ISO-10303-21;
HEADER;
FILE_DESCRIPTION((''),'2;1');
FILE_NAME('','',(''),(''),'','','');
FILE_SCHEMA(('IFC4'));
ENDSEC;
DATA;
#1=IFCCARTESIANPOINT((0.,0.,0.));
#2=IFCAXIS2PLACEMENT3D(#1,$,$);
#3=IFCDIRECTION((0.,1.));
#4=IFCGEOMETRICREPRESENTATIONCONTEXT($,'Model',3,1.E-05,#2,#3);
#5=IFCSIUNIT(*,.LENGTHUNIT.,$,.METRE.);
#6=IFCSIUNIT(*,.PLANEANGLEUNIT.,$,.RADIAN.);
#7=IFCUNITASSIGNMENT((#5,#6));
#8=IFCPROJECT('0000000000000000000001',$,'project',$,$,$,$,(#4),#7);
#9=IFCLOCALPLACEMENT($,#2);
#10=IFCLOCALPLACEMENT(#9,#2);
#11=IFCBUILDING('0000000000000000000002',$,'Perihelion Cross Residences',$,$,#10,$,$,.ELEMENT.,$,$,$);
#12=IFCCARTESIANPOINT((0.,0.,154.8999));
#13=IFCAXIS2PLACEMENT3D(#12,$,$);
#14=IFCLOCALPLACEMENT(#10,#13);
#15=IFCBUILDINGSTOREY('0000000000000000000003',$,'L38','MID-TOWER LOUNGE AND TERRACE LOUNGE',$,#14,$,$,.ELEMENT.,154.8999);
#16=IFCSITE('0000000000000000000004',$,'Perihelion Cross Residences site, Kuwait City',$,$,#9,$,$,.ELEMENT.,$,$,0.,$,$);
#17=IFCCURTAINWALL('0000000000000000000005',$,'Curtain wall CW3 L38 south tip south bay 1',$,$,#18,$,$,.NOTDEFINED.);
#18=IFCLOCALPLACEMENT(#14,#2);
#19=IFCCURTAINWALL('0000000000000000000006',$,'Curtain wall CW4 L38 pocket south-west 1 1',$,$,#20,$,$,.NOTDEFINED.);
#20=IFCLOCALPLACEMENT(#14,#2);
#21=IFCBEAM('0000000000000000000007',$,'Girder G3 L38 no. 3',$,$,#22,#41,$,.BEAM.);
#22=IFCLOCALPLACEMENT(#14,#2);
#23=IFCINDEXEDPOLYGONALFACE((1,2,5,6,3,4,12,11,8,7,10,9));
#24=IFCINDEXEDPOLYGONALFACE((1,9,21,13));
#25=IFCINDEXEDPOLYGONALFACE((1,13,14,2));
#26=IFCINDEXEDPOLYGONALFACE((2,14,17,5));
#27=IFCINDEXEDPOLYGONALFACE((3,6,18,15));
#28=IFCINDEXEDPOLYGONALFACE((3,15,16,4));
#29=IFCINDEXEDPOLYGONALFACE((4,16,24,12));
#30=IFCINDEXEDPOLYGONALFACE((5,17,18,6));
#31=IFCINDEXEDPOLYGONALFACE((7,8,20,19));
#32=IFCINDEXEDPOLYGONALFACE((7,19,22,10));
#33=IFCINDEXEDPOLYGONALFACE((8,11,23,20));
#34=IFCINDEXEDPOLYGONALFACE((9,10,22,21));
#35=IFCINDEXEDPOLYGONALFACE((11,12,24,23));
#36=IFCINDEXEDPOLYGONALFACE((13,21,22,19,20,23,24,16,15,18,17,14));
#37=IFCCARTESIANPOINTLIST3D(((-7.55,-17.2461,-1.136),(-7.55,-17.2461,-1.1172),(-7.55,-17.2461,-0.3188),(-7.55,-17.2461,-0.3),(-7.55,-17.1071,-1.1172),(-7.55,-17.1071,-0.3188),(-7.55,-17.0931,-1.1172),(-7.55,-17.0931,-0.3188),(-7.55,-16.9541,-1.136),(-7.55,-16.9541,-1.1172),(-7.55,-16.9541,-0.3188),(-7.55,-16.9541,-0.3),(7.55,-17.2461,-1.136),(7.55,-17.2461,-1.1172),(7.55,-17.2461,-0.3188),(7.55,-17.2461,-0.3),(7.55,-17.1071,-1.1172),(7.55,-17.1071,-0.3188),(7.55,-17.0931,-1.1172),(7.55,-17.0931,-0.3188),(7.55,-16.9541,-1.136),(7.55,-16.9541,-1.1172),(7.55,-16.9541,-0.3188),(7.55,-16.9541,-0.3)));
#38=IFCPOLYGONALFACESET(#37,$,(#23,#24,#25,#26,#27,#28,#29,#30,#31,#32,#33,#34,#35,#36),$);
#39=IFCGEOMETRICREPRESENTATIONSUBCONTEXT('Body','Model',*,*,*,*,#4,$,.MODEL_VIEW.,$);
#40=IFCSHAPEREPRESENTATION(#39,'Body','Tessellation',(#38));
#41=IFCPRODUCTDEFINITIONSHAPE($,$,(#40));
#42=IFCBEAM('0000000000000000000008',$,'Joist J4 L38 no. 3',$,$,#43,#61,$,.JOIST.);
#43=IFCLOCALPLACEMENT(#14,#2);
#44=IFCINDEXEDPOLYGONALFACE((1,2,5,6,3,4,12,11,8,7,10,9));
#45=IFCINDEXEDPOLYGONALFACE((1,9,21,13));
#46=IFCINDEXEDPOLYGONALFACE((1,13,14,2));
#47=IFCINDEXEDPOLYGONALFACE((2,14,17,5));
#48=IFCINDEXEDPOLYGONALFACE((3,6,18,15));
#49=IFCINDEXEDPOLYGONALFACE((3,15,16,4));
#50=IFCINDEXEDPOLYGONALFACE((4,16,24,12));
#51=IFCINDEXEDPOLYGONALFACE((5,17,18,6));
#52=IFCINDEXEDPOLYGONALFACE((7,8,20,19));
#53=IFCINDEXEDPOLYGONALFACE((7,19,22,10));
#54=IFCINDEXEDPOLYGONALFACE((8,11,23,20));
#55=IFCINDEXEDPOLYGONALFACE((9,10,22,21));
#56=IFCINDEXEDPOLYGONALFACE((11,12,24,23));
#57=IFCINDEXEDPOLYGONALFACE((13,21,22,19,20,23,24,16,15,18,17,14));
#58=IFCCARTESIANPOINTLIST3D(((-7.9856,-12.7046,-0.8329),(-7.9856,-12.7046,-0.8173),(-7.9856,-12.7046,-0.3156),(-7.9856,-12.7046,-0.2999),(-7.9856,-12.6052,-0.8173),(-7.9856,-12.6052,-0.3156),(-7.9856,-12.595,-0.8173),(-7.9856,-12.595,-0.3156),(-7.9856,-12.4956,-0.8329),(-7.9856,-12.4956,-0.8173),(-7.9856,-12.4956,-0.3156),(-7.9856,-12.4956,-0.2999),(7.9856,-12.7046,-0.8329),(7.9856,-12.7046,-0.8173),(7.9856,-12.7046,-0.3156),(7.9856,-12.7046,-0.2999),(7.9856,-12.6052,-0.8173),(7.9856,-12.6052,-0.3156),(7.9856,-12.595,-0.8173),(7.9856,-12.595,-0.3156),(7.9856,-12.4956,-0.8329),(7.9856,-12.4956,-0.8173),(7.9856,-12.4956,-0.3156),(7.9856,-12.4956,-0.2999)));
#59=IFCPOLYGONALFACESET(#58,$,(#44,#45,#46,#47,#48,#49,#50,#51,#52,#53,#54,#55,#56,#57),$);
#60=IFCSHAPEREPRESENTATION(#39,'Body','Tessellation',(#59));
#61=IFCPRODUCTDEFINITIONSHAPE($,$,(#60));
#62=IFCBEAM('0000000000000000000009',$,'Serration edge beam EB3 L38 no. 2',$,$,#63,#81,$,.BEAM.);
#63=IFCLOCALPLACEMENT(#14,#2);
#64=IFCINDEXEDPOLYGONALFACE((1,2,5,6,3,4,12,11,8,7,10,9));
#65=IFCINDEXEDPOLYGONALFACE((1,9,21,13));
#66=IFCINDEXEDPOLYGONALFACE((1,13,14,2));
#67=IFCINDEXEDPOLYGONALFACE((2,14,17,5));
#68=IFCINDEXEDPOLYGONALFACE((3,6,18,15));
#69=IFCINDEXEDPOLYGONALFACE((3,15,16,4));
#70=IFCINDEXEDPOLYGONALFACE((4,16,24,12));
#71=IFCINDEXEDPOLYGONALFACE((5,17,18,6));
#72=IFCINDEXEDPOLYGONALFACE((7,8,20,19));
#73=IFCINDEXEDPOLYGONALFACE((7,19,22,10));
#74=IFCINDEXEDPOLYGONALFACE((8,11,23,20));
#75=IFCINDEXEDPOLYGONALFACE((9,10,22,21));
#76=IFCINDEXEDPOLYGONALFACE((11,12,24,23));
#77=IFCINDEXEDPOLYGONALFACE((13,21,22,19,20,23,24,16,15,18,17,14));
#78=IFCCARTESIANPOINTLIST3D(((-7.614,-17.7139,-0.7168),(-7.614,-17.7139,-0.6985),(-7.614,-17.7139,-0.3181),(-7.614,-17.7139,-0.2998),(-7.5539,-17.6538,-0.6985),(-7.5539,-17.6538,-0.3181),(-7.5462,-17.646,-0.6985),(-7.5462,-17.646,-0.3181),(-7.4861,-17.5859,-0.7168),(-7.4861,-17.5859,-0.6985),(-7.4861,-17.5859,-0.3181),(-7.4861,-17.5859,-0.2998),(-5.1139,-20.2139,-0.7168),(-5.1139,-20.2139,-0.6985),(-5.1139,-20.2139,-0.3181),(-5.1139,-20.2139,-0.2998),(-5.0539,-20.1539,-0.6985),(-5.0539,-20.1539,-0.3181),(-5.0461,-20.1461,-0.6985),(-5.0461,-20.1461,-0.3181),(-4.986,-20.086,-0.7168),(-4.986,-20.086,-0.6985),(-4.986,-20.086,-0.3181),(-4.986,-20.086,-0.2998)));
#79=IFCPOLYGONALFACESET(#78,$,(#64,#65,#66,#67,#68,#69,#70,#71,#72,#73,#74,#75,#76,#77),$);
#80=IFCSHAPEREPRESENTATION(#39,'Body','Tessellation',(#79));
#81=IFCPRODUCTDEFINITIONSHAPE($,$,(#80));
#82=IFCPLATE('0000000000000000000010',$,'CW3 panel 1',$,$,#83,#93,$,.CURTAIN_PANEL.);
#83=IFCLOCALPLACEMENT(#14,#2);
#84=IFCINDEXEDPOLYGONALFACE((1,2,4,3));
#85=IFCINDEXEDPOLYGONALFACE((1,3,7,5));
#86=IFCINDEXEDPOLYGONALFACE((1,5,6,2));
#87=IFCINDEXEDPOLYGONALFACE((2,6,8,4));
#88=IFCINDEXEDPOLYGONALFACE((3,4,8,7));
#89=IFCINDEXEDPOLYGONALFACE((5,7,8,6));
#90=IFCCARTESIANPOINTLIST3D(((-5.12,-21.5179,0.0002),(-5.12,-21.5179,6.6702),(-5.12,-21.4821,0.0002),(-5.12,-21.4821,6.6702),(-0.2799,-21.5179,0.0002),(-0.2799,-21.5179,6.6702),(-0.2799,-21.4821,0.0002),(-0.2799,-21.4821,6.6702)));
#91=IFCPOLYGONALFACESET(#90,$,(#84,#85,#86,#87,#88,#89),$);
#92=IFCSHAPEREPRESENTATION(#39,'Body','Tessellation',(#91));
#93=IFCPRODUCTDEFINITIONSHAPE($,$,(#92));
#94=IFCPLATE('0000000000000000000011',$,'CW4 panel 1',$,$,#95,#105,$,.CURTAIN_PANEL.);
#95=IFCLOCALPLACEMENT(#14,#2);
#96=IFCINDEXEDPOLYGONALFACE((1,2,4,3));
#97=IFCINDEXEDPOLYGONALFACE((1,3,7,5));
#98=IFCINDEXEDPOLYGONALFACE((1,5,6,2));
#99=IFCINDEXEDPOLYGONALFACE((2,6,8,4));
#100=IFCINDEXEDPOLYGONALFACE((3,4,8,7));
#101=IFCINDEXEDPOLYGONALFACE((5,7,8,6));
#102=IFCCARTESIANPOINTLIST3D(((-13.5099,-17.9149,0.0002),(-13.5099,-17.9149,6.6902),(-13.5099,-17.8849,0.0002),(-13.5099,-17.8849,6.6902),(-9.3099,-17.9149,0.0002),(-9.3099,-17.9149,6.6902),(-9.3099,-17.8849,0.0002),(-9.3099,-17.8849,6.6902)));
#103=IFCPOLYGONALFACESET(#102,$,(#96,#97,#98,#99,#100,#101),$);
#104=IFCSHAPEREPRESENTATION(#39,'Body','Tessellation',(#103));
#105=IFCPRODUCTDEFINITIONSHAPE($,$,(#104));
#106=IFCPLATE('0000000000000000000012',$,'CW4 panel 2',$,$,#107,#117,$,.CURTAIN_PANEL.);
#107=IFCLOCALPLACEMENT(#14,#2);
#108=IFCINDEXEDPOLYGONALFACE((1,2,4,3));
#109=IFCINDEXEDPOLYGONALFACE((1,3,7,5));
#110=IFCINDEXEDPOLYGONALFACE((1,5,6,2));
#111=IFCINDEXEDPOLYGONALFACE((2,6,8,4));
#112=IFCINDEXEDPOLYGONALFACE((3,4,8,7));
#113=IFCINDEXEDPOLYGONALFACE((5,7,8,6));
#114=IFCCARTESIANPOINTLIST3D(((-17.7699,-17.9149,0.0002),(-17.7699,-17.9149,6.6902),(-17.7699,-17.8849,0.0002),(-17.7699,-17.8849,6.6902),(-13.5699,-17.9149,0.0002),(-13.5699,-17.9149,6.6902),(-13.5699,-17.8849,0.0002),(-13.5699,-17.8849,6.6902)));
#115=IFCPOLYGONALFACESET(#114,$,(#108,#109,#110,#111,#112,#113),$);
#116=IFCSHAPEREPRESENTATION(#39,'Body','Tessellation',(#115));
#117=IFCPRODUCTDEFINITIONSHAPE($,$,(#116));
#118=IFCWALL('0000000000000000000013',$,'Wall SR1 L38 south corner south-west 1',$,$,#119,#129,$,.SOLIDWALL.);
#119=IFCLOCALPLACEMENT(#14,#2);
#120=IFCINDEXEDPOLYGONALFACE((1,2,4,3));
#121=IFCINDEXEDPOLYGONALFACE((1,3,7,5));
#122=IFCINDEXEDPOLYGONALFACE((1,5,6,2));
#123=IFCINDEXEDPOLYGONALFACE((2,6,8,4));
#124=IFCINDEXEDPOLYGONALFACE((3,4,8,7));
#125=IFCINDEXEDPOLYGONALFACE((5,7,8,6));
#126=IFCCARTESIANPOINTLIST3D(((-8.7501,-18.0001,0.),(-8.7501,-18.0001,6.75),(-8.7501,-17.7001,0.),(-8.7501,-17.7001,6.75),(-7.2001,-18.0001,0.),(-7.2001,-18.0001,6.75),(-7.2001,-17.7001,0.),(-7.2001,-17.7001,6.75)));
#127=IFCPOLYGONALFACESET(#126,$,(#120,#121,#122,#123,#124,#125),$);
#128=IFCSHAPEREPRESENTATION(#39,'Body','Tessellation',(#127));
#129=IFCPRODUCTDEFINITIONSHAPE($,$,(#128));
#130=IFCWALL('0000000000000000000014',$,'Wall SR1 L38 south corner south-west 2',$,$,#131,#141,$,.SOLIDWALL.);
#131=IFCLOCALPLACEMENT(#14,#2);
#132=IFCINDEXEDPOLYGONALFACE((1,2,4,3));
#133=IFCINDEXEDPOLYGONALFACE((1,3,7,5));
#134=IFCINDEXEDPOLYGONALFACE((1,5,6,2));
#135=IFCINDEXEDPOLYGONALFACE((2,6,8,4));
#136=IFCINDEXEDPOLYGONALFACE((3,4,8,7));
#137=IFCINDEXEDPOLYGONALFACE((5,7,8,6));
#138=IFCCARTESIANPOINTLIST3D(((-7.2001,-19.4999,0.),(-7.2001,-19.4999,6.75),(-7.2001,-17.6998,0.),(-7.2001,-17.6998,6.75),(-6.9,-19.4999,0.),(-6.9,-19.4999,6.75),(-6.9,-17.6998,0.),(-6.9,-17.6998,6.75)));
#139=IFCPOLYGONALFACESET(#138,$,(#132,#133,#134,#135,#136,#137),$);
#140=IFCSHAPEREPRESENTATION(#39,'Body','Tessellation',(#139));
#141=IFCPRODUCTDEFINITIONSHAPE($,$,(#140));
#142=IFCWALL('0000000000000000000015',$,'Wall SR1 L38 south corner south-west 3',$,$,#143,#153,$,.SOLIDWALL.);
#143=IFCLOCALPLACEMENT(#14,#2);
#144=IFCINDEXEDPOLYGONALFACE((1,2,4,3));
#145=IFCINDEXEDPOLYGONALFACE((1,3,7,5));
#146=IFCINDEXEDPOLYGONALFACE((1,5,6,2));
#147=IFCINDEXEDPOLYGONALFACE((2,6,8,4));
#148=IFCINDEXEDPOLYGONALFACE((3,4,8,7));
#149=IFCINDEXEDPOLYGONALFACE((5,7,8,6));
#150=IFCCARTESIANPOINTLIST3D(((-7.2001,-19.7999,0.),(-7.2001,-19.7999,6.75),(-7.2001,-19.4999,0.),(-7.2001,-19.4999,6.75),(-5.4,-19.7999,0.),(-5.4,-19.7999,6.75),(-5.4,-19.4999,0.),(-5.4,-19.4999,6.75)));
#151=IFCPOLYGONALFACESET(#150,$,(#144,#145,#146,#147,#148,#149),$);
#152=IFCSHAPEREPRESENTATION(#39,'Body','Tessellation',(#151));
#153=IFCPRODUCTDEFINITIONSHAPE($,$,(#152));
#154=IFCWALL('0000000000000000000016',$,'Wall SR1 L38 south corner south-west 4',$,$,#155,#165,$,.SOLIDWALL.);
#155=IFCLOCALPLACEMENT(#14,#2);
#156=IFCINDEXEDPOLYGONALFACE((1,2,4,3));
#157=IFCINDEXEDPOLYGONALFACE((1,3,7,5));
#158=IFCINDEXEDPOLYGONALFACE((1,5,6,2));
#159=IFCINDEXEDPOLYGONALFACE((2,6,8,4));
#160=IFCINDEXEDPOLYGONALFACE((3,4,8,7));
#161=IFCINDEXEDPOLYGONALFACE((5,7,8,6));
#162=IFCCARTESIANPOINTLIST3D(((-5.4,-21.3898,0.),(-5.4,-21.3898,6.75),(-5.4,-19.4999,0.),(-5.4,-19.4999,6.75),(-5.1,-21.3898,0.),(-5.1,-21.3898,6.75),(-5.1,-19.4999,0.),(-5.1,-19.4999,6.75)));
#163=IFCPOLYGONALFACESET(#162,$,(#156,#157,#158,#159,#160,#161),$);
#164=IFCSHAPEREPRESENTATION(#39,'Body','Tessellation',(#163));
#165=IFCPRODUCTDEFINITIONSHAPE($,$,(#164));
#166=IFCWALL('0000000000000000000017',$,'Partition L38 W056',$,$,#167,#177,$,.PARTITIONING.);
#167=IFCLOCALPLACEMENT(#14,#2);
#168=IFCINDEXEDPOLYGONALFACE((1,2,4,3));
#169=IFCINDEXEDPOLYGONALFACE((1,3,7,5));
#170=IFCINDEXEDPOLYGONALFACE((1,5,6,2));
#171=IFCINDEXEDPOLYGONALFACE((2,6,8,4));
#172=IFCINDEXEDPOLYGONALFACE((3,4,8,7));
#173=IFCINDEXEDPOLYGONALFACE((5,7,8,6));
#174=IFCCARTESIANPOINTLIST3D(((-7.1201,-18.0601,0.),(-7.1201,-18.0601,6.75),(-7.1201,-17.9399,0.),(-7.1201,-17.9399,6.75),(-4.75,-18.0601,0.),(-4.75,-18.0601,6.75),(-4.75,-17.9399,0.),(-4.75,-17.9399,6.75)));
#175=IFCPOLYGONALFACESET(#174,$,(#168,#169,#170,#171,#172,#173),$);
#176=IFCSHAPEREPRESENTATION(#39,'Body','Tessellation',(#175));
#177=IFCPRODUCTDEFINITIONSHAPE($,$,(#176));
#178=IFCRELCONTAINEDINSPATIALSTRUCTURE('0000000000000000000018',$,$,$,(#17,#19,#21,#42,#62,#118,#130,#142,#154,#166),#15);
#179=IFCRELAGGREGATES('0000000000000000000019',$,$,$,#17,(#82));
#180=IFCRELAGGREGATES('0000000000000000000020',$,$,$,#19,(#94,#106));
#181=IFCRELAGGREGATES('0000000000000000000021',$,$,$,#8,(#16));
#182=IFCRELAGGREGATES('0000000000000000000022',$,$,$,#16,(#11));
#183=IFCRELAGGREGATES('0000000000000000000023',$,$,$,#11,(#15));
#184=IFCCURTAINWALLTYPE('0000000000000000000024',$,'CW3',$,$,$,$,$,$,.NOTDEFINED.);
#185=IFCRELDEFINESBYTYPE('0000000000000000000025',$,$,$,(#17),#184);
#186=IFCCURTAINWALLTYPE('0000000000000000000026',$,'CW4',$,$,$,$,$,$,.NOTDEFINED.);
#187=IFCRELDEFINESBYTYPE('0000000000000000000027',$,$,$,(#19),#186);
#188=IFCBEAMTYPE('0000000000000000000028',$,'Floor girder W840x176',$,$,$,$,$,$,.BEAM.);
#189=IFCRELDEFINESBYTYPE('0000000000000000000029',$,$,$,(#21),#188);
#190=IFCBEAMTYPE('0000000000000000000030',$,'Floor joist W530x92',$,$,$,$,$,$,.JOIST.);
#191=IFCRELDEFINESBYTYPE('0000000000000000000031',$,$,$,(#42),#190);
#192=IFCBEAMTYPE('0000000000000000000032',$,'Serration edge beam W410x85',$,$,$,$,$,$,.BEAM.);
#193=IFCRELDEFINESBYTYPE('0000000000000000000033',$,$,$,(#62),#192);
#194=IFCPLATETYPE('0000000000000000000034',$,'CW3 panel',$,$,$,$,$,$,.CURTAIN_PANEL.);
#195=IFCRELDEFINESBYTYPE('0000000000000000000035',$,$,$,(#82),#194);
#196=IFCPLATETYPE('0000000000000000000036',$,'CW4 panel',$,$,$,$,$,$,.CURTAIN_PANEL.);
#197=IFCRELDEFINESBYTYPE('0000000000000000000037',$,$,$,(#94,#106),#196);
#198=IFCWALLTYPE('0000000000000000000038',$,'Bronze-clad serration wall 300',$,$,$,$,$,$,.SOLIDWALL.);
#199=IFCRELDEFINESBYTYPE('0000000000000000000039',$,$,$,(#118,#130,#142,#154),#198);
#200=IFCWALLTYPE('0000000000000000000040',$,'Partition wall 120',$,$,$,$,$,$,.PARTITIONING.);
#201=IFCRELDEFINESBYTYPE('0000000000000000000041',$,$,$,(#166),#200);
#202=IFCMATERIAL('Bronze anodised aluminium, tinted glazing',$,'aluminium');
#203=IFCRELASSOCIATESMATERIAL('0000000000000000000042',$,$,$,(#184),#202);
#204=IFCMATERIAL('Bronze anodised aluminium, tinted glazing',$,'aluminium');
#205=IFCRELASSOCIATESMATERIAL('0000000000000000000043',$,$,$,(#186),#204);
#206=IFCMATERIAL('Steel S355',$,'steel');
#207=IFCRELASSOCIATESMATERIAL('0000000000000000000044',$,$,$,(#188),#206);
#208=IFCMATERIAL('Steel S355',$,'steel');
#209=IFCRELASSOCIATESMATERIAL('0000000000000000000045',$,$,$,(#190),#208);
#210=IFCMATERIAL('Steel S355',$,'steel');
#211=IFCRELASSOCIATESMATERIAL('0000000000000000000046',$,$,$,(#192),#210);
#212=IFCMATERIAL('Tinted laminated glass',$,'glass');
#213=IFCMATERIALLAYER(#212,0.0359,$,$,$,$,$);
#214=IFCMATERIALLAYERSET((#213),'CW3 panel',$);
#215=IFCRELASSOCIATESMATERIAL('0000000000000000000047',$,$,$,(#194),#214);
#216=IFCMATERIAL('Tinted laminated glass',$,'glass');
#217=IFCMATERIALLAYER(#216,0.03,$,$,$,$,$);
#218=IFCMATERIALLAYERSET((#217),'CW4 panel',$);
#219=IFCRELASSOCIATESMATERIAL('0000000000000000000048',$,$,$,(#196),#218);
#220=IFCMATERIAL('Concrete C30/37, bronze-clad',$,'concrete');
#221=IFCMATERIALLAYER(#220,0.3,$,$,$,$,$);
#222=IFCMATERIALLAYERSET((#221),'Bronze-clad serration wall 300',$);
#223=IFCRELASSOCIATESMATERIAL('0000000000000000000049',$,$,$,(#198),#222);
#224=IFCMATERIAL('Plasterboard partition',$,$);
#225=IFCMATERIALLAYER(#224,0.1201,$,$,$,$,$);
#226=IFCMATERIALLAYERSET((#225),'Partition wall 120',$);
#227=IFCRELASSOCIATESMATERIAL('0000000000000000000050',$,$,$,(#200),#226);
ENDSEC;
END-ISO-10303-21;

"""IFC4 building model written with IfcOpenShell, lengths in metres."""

from ifc_helpers import new_model, si_unit, direction, frame, frame_2d, origin, origin_2d, place, context, subcontext, project, spatial, rectangle, i_section, extrude, material, layer, layer_set, material_profile, profile_set, type_object, element, aggregate, save


model = new_model("IFC4")

# Units and contexts
model_context = context("Model", 3, precision=1e-05, world=origin(), true_north=direction((0.0, 1.0)))
body_context = subcontext(model_context, "Body", "Model", "MODEL_VIEW")
ifc_project = project(units=[si_unit("LENGTHUNIT", "METRE"), si_unit("PLANEANGLEUNIT", "RADIAN")], contexts=[model_context])

# Site, building, storey
site_placement = place(None, origin())
site = spatial("IfcSite", under=ifc_project, at=site_placement, Name="Perihelion Cross Residences site, Kuwait City", CompositionType="ELEMENT", RefElevation=0.0)
building_placement = place(site_placement, origin())
building = spatial("IfcBuilding", under=site, at=building_placement, Name="Perihelion Cross Residences", CompositionType="ELEMENT")
storey_placement = place(building_placement, frame((0.0, 0.0, 154.8999)))
storey = spatial("IfcBuildingStorey", under=building, at=storey_placement, Name="L38", Description="MID-TOWER LOUNGE AND TERRACE LOUNGE", CompositionType="ELEMENT", Elevation=154.8999)

# Curtain walls
ifc_material_1 = material(Name="Bronze anodised aluminium, tinted glazing", Category="aluminium")
curtain_wall_type_1 = type_object("IfcCurtainWallType", Name="CW3", PredefinedType="NOTDEFINED", material=ifc_material_1)
curtain_wall_1_placement = place(storey_placement, origin())
curtain_wall_1 = element("IfcCurtainWall", 1, at=curtain_wall_1_placement, inside=storey, type_object=curtain_wall_type_1, Name="Curtain wall CW3 L38 south tip south bay 1", PredefinedType="NOTDEFINED")
ifc_material_2 = material(Name="Bronze anodised aluminium, tinted glazing", Category="aluminium")
curtain_wall_type_2 = type_object("IfcCurtainWallType", Name="CW4", PredefinedType="NOTDEFINED", material=ifc_material_2)
curtain_wall_2_placement = place(storey_placement, origin())
curtain_wall_2 = element("IfcCurtainWall", 2, at=curtain_wall_2_placement, inside=storey, type_object=curtain_wall_type_2, Name="Curtain wall CW4 L38 pocket south-west 1 1", PredefinedType="NOTDEFINED")

# Beams
ifc_material_3 = material(Name="Steel S355", Category="steel")
ifc_material_profile_1 = material_profile(ifc_material_3, i_section(OverallWidth=0.292, OverallDepth=0.8359, WebThickness=0.0139, FlangeThickness=0.0188, at=origin_2d()), Name="W840x176")
ifc_profile_set_1 = profile_set([ifc_material_profile_1], Name="Steel S355")
beam_type_1 = type_object("IfcBeamType", Name="Floor girder W840x176", PredefinedType="BEAM", material=ifc_profile_set_1)
beam_1_placement = place(storey_placement, frame((-7.55, -17.1001, -0.718), z_axis=(1.0, 0.0, 0.0), x_axis=(0.0, 1.0, 0.0)))
element("IfcBeam", 3, at=beam_1_placement, inside=storey, type_object=beam_type_1, Name="Girder G3 L38 no. 3", PredefinedType="BEAM", context=body_context, shape_type="SweptSolid", body=[
    extrude(i_section(OverallWidth=0.292, OverallDepth=0.8359, WebThickness=0.0139, FlangeThickness=0.0188, at=origin_2d()), origin(), (0.0, 0.0, 1.0), 15.1001),
])
ifc_material_4 = material(Name="Steel S355", Category="steel")
ifc_material_profile_2 = material_profile(ifc_material_4, i_section(OverallWidth=0.209, OverallDepth=0.533, WebThickness=0.0103, FlangeThickness=0.0156, at=origin_2d()), Name="W530x92")
ifc_profile_set_2 = profile_set([ifc_material_profile_2], Name="Steel S355")
beam_type_2 = type_object("IfcBeamType", Name="Floor joist W530x92", PredefinedType="JOIST", material=ifc_profile_set_2)
beam_2_placement = place(storey_placement, frame((-7.9856, -12.6001, -0.5664), z_axis=(1.0, 0.0, 0.0), x_axis=(0.0, 1.0, 0.0)))
element("IfcBeam", 4, at=beam_2_placement, inside=storey, type_object=beam_type_2, Name="Joist J4 L38 no. 3", PredefinedType="JOIST", context=body_context, shape_type="SweptSolid", body=[
    extrude(i_section(OverallWidth=0.209, OverallDepth=0.533, WebThickness=0.0103, FlangeThickness=0.0156, at=origin_2d()), origin(), (0.0, 0.0, 1.0), 15.9712),
])
ifc_material_5 = material(Name="Steel S355", Category="steel")
ifc_material_profile_3 = material_profile(ifc_material_5, i_section(OverallWidth=0.1809, OverallDepth=0.417, WebThickness=0.011, FlangeThickness=0.0183, at=origin_2d()), Name="W410x85")
ifc_profile_set_3 = profile_set([ifc_material_profile_3], Name="Steel S355")
beam_type_3 = type_object("IfcBeamType", Name="Serration edge beam W410x85", PredefinedType="BEAM", material=ifc_profile_set_3)
beam_3_placement = place(storey_placement, frame((-7.55, -17.6499, -0.5083), z_axis=(0.707107, -0.707107, 0.0), x_axis=(0.707107, 0.707107, 0.0)))
element("IfcBeam", 5, at=beam_3_placement, inside=storey, type_object=beam_type_3, Name="Serration edge beam EB3 L38 no. 2", PredefinedType="BEAM", context=body_context, shape_type="SweptSolid", body=[
    extrude(i_section(OverallWidth=0.1809, OverallDepth=0.417, WebThickness=0.011, FlangeThickness=0.0183, at=origin_2d()), origin(), (0.0, 0.0, 1.0), 3.5356),
])

# Plates
ifc_material_6 = material(Name="Tinted laminated glass", Category="glass")
ifc_layer_1 = layer(ifc_material_6, 0.0359)
ifc_layer_set_1 = layer_set([ifc_layer_1], Name="CW3 panel")
plate_type_1 = type_object("IfcPlateType", Name="CW3 panel", PredefinedType="CURTAIN_PANEL", material=ifc_layer_set_1)
plate_1_placement = place(storey_placement, frame((-2.7, -21.5, 0.0002), z_axis=(0.0, 0.0, 1.0), x_axis=(1.0, 0.0, 0.0)))
plate_1 = element("IfcPlate", 6, at=plate_1_placement, type_object=plate_type_1, Name="CW3 panel 1", PredefinedType="CURTAIN_PANEL", context=body_context, shape_type="SweptSolid", body=[
    extrude(rectangle(XDim=4.8401, YDim=0.0359, at=origin_2d()), origin(), (0.0, 0.0, 1.0), 6.6699),
])
aggregate(curtain_wall_1, [plate_1])
ifc_material_7 = material(Name="Tinted laminated glass", Category="glass")
ifc_layer_2 = layer(ifc_material_7, 0.03)
ifc_layer_set_2 = layer_set([ifc_layer_2], Name="CW4 panel")
plate_type_2 = type_object("IfcPlateType", Name="CW4 panel", PredefinedType="CURTAIN_PANEL", material=ifc_layer_set_2)
plate_2_placement = place(storey_placement, frame((-11.4099, -17.8999, 0.0002), z_axis=(0.0, 0.0, 1.0), x_axis=(-1.0, 0.0, 0.0)))
plate_2 = element("IfcPlate", 7, at=plate_2_placement, type_object=plate_type_2, Name="CW4 panel 1", PredefinedType="CURTAIN_PANEL", context=body_context, shape_type="SweptSolid", body=[
    extrude(rectangle(XDim=4.2, YDim=0.03, at=origin_2d()), origin(), (0.0, 0.0, 1.0), 6.6899),
])
plate_3_placement = place(storey_placement, frame((-15.6699, -17.8999, 0.0002), z_axis=(0.0, 0.0, 1.0), x_axis=(-1.0, 0.0, 0.0)))
plate_3 = element("IfcPlate", 8, at=plate_3_placement, type_object=plate_type_2, Name="CW4 panel 2", PredefinedType="CURTAIN_PANEL", context=body_context, shape_type="SweptSolid", body=[
    extrude(rectangle(XDim=4.2, YDim=0.03, at=origin_2d()), origin(), (0.0, 0.0, 1.0), 6.6899),
])
aggregate(curtain_wall_2, [plate_2, plate_3])

# Walls
ifc_material_8 = material(Name="Concrete C30/37, bronze-clad", Category="concrete")
ifc_layer_3 = layer(ifc_material_8, 0.3)
ifc_layer_set_3 = layer_set([ifc_layer_3], Name="Bronze-clad serration wall 300")
wall_type_1 = type_object("IfcWallType", Name="Bronze-clad serration wall 300", PredefinedType="SOLIDWALL", material=ifc_layer_set_3)
wall_1_placement = place(storey_placement, frame((-8.75, -17.8501, 0.0), z_axis=(0.0, 0.0, 1.0), x_axis=(1.0, 0.0, 0.0)))
element("IfcWall", 9, at=wall_1_placement, inside=storey, type_object=wall_type_1, Name="Wall SR1 L38 south corner south-west 1", PredefinedType="SOLIDWALL", context=body_context, shape_type="SweptSolid", body=[
    extrude(rectangle(XDim=1.55, YDim=0.3, at=frame_2d((0.7749, 0.0))), origin(), (0.0, 0.0, 1.0), 6.75),
])
for number, where, z_axis, x_axis, name in (
    (10, (-7.05, -17.7, 0.0), (0.0, 0.0, 1.0), (0.0, -1.0, 0.0), "Wall SR1 L38 south corner south-west 2"),
    (11, (-7.2, -19.6499, 0.0), (0.0, 0.0, 1.0), (1.0, 0.0, 0.0), "Wall SR1 L38 south corner south-west 3"),
):
    element("IfcWall", number, at=place(storey_placement, frame(where, z_axis=z_axis, x_axis=x_axis)), inside=storey, type_object=wall_type_1, Name=name, PredefinedType="SOLIDWALL", context=body_context, shape_type="SweptSolid", body=[
        extrude(rectangle(XDim=1.8, YDim=0.3, at=frame_2d((0.8999, 0.0))), origin(), (0.0, 0.0, 1.0), 6.75),
    ])
wall_2_placement = place(storey_placement, frame((-5.25, -19.5, 0.0), z_axis=(0.0, 0.0, 1.0), x_axis=(0.0, -1.0, 0.0)))
element("IfcWall", 12, at=wall_2_placement, inside=storey, type_object=wall_type_1, Name="Wall SR1 L38 south corner south-west 4", PredefinedType="SOLIDWALL", context=body_context, shape_type="SweptSolid", body=[
    extrude(rectangle(XDim=1.8899, YDim=0.3, at=frame_2d((0.9448, 0.0))), origin(), (0.0, 0.0, 1.0), 6.75),
])
ifc_material_9 = material(Name="Plasterboard partition")
ifc_layer_4 = layer(ifc_material_9, 0.1201)
ifc_layer_set_4 = layer_set([ifc_layer_4], Name="Partition wall 120")
wall_type_2 = type_object("IfcWallType", Name="Partition wall 120", PredefinedType="PARTITIONING", material=ifc_layer_set_4)
wall_3_placement = place(storey_placement, frame((-4.75, -18.0, 0.0), z_axis=(0.0, 0.0, 1.0), x_axis=(-1.0, 0.0, 0.0)))
element("IfcWall", 13, at=wall_3_placement, inside=storey, type_object=wall_type_2, Name="Partition L38 W056", PredefinedType="PARTITIONING", context=body_context, shape_type="SweptSolid", body=[
    extrude(rectangle(XDim=2.3701, YDim=0.1201, at=frame_2d((1.1851, 0.0))), origin(), (0.0, 0.0, 1.0), 6.75),
])

save(model, "model.ifc")
